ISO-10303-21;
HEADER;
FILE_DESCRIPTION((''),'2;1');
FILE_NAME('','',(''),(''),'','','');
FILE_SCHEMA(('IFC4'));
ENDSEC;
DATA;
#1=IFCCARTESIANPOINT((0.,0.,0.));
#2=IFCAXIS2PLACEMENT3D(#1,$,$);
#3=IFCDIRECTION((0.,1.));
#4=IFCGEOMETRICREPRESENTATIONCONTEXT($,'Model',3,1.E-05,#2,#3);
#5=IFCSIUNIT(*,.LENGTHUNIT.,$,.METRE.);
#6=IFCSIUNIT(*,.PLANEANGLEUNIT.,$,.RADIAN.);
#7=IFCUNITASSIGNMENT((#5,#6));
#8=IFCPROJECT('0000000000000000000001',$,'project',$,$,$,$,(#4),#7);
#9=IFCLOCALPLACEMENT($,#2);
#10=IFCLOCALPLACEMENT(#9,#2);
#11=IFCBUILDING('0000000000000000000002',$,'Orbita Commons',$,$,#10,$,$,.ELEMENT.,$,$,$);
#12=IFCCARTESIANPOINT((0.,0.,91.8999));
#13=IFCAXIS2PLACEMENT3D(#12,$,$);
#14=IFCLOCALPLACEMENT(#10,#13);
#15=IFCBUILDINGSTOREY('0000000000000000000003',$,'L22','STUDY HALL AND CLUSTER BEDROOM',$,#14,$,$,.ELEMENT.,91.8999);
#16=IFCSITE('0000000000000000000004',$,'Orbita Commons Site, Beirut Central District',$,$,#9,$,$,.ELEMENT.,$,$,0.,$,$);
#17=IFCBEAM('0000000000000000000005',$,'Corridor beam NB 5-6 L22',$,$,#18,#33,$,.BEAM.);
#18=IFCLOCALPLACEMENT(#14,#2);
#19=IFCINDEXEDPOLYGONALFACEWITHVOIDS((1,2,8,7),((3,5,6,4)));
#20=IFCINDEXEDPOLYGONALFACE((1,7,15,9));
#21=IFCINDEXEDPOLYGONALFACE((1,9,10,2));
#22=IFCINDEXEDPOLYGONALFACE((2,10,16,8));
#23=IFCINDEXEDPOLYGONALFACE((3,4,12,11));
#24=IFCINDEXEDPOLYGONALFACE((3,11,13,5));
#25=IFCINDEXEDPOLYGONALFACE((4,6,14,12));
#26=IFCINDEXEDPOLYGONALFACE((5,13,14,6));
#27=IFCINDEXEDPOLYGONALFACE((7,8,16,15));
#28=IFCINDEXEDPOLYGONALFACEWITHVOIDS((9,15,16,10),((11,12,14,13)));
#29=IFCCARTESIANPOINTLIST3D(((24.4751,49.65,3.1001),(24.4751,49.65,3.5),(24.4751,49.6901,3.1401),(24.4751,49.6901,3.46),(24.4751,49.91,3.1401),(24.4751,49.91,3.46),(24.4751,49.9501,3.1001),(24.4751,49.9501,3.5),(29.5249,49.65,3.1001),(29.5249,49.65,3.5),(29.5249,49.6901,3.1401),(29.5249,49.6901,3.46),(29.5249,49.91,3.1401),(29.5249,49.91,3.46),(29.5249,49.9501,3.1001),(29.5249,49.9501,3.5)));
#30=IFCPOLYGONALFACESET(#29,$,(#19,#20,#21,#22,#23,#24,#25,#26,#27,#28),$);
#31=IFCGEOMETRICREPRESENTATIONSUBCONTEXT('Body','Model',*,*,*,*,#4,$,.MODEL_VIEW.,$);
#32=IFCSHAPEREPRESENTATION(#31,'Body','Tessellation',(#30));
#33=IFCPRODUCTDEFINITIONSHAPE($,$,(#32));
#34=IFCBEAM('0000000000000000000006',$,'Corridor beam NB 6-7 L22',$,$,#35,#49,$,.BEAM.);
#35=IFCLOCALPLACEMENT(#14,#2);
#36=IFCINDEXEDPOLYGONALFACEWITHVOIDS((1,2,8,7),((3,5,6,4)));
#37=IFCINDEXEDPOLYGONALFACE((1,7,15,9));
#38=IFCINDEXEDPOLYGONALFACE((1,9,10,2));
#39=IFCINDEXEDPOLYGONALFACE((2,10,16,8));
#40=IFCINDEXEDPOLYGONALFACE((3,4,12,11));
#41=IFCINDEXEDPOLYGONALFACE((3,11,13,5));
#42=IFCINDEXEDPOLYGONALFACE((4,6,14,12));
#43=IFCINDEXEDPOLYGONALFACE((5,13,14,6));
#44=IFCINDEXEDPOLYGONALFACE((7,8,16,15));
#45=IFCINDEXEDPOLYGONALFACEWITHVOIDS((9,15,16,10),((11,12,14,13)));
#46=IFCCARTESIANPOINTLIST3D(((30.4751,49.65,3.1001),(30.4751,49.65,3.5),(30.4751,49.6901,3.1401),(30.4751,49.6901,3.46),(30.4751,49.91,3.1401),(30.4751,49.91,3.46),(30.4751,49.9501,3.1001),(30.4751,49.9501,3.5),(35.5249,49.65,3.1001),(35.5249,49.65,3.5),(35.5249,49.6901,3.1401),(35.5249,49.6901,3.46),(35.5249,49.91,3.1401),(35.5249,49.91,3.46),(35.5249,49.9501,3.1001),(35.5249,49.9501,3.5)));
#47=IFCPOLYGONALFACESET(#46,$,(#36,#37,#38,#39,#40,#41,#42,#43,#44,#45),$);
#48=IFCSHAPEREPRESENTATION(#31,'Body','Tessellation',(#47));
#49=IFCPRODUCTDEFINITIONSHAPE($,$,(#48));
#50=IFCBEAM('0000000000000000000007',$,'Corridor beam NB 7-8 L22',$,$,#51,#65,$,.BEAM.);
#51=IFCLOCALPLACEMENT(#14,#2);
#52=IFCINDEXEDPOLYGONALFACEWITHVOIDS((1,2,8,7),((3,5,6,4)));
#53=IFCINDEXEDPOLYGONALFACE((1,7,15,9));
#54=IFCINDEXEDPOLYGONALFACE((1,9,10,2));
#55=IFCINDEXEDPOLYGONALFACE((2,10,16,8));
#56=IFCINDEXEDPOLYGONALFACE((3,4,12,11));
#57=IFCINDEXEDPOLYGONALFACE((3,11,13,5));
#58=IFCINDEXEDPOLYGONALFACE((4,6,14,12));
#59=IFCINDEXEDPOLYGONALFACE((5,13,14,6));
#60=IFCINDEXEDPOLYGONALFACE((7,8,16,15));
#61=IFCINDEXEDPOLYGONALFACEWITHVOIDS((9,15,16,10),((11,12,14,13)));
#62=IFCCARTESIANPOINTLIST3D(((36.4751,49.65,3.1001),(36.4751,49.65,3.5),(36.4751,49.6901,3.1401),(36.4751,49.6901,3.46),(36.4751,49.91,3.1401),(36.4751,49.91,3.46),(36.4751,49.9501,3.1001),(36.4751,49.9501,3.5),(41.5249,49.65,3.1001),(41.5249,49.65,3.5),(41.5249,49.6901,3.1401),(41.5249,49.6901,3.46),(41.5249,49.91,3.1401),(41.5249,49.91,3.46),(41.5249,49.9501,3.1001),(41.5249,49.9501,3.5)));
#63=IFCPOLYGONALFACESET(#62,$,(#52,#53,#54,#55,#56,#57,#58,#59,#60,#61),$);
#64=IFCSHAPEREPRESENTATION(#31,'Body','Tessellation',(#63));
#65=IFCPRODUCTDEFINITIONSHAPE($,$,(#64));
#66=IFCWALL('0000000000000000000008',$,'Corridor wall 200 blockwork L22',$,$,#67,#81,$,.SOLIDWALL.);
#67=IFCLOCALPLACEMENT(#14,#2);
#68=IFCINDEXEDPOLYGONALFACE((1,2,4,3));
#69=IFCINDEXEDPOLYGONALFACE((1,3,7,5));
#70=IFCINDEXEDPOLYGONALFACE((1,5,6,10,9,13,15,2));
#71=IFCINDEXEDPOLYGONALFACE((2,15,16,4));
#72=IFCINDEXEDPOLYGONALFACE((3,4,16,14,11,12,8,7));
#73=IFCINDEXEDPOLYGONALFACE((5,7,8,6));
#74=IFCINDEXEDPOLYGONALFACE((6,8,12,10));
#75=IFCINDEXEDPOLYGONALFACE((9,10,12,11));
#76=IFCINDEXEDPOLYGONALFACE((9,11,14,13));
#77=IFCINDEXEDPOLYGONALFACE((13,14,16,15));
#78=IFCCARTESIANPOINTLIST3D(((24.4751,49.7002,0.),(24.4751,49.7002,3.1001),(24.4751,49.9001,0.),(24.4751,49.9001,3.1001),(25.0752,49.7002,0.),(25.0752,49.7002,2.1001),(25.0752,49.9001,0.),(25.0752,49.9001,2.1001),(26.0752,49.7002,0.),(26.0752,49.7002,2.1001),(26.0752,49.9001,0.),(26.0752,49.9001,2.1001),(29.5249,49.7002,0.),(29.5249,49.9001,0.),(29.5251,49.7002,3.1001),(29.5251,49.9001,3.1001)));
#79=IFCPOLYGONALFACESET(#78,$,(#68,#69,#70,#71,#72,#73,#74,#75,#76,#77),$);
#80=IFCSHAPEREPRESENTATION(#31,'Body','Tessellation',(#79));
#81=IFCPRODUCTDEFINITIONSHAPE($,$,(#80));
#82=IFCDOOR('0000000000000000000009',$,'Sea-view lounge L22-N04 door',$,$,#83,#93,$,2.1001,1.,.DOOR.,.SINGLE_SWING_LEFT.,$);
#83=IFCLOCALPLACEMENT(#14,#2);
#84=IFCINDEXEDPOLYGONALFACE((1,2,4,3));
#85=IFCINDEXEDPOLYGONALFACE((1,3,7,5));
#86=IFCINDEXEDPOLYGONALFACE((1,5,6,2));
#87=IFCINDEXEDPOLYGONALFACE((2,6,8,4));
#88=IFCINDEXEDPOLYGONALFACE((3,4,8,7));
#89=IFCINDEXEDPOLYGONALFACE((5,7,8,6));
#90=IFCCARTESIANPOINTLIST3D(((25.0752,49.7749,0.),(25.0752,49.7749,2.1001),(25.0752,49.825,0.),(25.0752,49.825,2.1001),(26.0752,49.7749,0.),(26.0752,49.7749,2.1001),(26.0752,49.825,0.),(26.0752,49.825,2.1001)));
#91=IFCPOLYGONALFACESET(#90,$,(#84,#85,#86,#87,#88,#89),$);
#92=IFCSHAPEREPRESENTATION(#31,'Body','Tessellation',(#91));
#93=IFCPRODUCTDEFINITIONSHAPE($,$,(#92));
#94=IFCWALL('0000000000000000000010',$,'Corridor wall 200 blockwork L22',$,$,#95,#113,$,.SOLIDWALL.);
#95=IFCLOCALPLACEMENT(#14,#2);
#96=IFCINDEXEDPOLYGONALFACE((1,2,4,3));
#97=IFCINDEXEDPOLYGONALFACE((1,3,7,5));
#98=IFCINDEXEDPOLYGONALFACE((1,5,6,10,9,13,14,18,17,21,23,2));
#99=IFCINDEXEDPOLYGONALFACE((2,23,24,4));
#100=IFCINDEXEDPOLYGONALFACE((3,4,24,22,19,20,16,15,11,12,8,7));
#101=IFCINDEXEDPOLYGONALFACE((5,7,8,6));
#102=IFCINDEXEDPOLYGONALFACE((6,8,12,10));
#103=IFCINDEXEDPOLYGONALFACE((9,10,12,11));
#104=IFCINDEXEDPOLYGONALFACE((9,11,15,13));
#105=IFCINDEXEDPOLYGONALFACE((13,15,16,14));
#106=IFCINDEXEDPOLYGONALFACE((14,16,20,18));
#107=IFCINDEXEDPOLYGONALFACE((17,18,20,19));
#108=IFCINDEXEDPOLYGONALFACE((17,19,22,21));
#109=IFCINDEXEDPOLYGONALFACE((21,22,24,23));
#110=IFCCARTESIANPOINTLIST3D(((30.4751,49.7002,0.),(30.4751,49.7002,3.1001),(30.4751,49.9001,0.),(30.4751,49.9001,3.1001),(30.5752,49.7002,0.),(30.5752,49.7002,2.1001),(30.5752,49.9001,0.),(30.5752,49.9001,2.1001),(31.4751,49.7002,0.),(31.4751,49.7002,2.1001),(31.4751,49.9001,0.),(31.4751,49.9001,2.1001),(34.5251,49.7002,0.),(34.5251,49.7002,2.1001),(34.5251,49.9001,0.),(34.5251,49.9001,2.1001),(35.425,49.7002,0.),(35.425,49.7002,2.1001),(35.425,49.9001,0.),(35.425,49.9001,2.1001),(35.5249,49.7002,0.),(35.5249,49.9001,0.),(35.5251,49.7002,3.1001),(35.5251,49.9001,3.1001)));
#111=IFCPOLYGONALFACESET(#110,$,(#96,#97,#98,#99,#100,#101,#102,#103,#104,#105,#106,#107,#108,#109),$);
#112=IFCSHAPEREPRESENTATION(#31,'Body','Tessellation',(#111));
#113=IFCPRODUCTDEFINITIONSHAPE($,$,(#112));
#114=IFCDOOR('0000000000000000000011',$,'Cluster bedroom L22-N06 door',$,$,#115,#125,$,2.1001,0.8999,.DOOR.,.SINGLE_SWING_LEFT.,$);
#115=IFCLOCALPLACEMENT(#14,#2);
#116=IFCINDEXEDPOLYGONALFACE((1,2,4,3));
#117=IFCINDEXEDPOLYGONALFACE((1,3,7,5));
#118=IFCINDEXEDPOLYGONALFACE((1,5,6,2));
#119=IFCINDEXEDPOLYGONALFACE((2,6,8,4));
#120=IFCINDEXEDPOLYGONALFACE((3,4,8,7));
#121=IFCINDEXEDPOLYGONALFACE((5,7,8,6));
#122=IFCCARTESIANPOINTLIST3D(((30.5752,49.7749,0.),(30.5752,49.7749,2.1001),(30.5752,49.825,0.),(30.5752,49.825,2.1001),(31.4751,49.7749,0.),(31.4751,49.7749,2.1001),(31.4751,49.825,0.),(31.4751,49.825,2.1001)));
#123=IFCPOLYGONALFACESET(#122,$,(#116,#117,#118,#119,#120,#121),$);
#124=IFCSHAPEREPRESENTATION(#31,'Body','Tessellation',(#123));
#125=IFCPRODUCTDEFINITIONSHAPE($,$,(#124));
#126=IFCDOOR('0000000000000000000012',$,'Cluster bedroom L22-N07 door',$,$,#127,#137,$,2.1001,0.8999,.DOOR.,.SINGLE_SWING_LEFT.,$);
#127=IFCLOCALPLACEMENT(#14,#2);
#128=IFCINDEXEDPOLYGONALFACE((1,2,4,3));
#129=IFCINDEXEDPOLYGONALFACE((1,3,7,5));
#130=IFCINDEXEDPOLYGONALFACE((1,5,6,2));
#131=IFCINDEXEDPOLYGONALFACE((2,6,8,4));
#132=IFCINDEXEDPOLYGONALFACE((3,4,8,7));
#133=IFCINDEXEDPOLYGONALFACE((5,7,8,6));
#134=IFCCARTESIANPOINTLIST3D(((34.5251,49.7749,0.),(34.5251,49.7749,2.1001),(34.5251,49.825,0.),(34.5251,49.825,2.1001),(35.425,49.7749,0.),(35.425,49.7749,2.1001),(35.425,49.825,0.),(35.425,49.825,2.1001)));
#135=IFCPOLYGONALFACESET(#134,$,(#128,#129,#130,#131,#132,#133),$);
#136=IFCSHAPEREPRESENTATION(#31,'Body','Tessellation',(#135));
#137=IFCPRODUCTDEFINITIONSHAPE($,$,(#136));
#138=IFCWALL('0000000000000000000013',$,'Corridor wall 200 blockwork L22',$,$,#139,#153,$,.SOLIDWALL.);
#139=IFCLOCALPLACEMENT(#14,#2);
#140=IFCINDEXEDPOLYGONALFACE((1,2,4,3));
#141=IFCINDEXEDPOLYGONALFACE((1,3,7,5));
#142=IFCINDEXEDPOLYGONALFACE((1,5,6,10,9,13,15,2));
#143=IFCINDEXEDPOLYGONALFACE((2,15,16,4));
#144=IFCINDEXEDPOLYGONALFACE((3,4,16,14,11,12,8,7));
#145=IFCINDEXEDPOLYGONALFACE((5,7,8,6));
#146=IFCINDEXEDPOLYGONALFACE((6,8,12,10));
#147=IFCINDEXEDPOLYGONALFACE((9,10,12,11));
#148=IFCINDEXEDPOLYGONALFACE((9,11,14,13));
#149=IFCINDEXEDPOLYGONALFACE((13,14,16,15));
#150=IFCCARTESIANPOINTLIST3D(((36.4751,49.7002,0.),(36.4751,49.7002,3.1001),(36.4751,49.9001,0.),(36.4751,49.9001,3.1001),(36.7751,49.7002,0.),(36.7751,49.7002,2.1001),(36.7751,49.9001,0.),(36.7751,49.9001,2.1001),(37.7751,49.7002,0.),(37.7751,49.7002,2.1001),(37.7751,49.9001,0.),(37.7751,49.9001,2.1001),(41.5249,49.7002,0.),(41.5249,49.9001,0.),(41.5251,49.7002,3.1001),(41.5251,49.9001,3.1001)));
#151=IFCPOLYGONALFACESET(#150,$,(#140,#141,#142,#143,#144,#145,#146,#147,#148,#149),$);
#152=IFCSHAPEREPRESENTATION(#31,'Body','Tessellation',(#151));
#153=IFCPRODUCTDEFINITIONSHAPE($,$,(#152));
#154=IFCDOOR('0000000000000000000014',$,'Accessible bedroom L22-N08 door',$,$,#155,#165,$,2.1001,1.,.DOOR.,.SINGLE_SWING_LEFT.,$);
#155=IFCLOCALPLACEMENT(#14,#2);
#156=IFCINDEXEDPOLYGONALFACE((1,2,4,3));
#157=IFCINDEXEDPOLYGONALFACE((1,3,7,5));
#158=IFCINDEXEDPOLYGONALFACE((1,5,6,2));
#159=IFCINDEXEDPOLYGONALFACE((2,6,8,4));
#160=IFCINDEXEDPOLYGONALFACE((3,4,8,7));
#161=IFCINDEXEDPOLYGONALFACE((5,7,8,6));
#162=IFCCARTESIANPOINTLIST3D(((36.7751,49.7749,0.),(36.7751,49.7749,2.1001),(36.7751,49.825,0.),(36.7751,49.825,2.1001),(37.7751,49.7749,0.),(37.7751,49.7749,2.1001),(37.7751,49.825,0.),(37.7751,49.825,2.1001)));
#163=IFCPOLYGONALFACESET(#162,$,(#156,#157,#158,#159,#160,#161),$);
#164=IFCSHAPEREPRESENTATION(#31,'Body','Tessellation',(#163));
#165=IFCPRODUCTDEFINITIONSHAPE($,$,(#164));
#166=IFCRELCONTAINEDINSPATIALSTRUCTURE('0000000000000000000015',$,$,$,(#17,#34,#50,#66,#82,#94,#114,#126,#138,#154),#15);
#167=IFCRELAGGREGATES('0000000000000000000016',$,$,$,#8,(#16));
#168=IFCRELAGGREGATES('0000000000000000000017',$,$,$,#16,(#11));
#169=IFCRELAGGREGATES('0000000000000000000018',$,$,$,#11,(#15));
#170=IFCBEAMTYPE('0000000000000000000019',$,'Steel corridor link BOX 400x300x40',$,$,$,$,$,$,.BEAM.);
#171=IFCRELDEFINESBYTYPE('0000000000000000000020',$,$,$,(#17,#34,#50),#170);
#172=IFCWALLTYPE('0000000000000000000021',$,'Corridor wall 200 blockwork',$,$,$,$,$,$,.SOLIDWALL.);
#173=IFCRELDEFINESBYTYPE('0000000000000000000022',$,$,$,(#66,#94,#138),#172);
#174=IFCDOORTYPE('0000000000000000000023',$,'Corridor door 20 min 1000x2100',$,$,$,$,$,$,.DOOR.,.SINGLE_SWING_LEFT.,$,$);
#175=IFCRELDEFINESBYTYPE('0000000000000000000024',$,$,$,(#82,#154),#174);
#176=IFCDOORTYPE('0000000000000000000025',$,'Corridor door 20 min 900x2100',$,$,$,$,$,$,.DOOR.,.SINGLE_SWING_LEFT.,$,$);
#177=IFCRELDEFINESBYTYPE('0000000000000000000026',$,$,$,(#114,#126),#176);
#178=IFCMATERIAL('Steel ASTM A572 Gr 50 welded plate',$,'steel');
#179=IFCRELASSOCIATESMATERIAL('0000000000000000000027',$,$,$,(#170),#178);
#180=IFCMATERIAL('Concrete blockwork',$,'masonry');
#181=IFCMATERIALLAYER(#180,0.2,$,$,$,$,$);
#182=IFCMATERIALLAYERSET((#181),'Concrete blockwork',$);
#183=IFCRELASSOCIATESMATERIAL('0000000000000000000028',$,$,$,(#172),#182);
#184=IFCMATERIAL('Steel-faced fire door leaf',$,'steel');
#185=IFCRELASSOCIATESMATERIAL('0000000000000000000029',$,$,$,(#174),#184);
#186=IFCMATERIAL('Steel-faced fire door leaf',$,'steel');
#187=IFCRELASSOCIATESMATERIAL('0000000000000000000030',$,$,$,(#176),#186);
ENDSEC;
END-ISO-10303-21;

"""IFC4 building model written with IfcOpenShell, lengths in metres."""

from ifc_helpers import new_model, si_unit, direction, frame, frame_2d, origin, origin_2d, place, context, subcontext, project, spatial, polyline, rectangle, hollow_rectangle, outline, extrude, material, layer, layer_set, material_profile, profile_set, type_object, element, fill, save


model = new_model("IFC4")

# Units and contexts
model_context = context("Model", 3, precision=1e-05, world=origin(), true_north=direction((0.0, 1.0)))
body_context = subcontext(model_context, "Body", "Model", "MODEL_VIEW")
ifc_project = project(units=[si_unit("LENGTHUNIT", "METRE"), si_unit("PLANEANGLEUNIT", "RADIAN")], contexts=[model_context])

# Site, building, storey
site_placement = place(None, origin())
site = spatial("IfcSite", under=ifc_project, at=site_placement, Name="Orbita Commons Site, Beirut Central District", CompositionType="ELEMENT", RefElevation=0.0)
building_placement = place(site_placement, origin())
building = spatial("IfcBuilding", under=site, at=building_placement, Name="Orbita Commons", CompositionType="ELEMENT")
storey_placement = place(building_placement, frame((0.0, 0.0, 91.8999)))
storey = spatial("IfcBuildingStorey", under=building, at=storey_placement, Name="L22", Description="STUDY HALL AND CLUSTER BEDROOM", CompositionType="ELEMENT", Elevation=91.8999)

# Beams
ifc_material_1 = material(Name="Steel ASTM A572 Gr 50 welded plate", Category="steel")
ifc_material_profile = material_profile(ifc_material_1, hollow_rectangle(XDim=0.3, YDim=0.3999, WallThickness=0.04, at=origin_2d()), Name="BOX 400x300x40")
ifc_profile_set = profile_set([ifc_material_profile], Name="Steel ASTM A572 Gr 50 welded plate")
beam_type = type_object("IfcBeamType", Name="Steel corridor link BOX 400x300x40", PredefinedType="BEAM", material=ifc_profile_set)
for number, where, z_axis, x_axis, name in (
    (1, (24.4751, 49.8, 3.3), (1.0, 0.0, 0.0), (0.0, 1.0, 0.0), "Corridor beam NB 5-6 L22"),
    (2, (30.4751, 49.8, 3.3), (1.0, 0.0, 0.0), (0.0, 1.0, 0.0), "Corridor beam NB 6-7 L22"),
    (3, (36.4751, 49.8, 3.3), (1.0, 0.0, 0.0), (0.0, 1.0, 0.0), "Corridor beam NB 7-8 L22"),
):
    element("IfcBeam", number, at=place(storey_placement, frame(where, z_axis=z_axis, x_axis=x_axis)), inside=storey, type_object=beam_type, Name=name, PredefinedType="BEAM", context=body_context, shape_type="SweptSolid", body=[
        extrude(hollow_rectangle(XDim=0.3, YDim=0.3999, WallThickness=0.04, at=origin_2d()), origin(), (0.0, 0.0, 1.0), 5.0498),
    ])

# Wall, opening, door
ifc_material_2 = material(Name="Concrete blockwork", Category="masonry")
ifc_layer_1 = layer(ifc_material_2, 0.2)
ifc_layer_set_1 = layer_set([ifc_layer_1], Name="Concrete blockwork")
wall_type_1 = type_object("IfcWallType", Name="Corridor wall 200 blockwork", PredefinedType="SOLIDWALL", material=ifc_layer_set_1)
wall_1_placement = place(storey_placement, frame((24.4751, 49.8, 0.0), z_axis=(0.0, 0.0, 1.0), x_axis=(1.0, 0.0, 0.0)))
wall_1 = element("IfcWall", 4, at=wall_1_placement, inside=storey, type_object=wall_type_1, Name="Corridor wall 200 blockwork L22", PredefinedType="SOLIDWALL", context=body_context, shape_type="SweptSolid", body=[
    extrude(outline(polyline([(0.0, 0.0), (5.0498, 0.0), (5.05, 3.1001), (0.0, 3.1001), (0.0, 0.0)])), frame((0.0, 0.1001, 0.0), z_axis=(0.0, -1.0, 0.0), x_axis=(1.0, 0.0, 0.0)), (0.0, 0.0, 1.0), 0.2),
])
opening_1_placement = place(wall_1_placement, frame((0.6001, 0.0, 0.0)))
opening_1 = element("IfcOpeningElement", 5, at=opening_1_placement, cuts=wall_1, PredefinedType="OPENING", context=body_context, shape_type="SweptSolid", body=[
    extrude(rectangle(XDim=1.0, YDim=2.1001, at=frame_2d((0.5, 1.05))), frame((0.0, 0.1099, 0.0), z_axis=(0.0, -1.0, 0.0), x_axis=(1.0, 0.0, 0.0)), (0.0, 0.0, 1.0), 0.22),
])
ifc_material_3 = material(Name="Steel-faced fire door leaf", Category="steel")
door_type_1 = type_object("IfcDoorType", Name="Corridor door 20 min 1000x2100", OperationType="SINGLE_SWING_LEFT", PredefinedType="DOOR", material=ifc_material_3)
door_1_placement = place(opening_1_placement, origin())
door_1 = element("IfcDoor", 6, at=door_1_placement, inside=storey, type_object=door_type_1, Name="Sea-view lounge L22-N04 door", OperationType="SINGLE_SWING_LEFT", OverallHeight=2.1001, OverallWidth=1.0, PredefinedType="DOOR", context=body_context, shape_type="SweptSolid", body=[
    extrude(rectangle(XDim=1.0, YDim=2.1001, at=frame_2d((0.5, 1.05))), frame((0.0, 0.0249, 0.0), z_axis=(0.0, -1.0, 0.0), x_axis=(1.0, 0.0, 0.0)), (0.0, 0.0, 1.0), 0.05),
])
fill(opening_1, door_1)

# Wall, openings, doors
wall_2_placement = place(storey_placement, frame((30.4751, 49.8, 0.0), z_axis=(0.0, 0.0, 1.0), x_axis=(1.0, 0.0, 0.0)))
wall_2 = element("IfcWall", 7, at=wall_2_placement, inside=storey, type_object=wall_type_1, Name="Corridor wall 200 blockwork L22", PredefinedType="SOLIDWALL", context=body_context, shape_type="SweptSolid", body=[
    extrude(outline(polyline([(0.0, 0.0), (5.0498, 0.0), (5.05, 3.1001), (0.0, 3.1001), (0.0, 0.0)])), frame((0.0, 0.1001, 0.0), z_axis=(0.0, -1.0, 0.0), x_axis=(1.0, 0.0, 0.0)), (0.0, 0.0, 1.0), 0.2),
])
opening_2_placement = place(wall_2_placement, frame((0.1001, 0.0, 0.0)))
opening_2 = element("IfcOpeningElement", 8, at=opening_2_placement, cuts=wall_2, PredefinedType="OPENING", context=body_context, shape_type="SweptSolid", body=[
    extrude(rectangle(XDim=0.8999, YDim=2.1001, at=frame_2d((0.45, 1.05))), frame((0.0, 0.1099, 0.0), z_axis=(0.0, -1.0, 0.0), x_axis=(1.0, 0.0, 0.0)), (0.0, 0.0, 1.0), 0.22),
])
opening_3_placement = place(wall_2_placement, frame((4.05, 0.0, 0.0)))
opening_3 = element("IfcOpeningElement", 9, at=opening_3_placement, cuts=wall_2, PredefinedType="OPENING", context=body_context, shape_type="SweptSolid", body=[
    extrude(rectangle(XDim=0.8999, YDim=2.1001, at=frame_2d((0.45, 1.05))), frame((0.0, 0.1099, 0.0), z_axis=(0.0, -1.0, 0.0), x_axis=(1.0, 0.0, 0.0)), (0.0, 0.0, 1.0), 0.22),
])
ifc_material_4 = material(Name="Steel-faced fire door leaf", Category="steel")
door_type_2 = type_object("IfcDoorType", Name="Corridor door 20 min 900x2100", OperationType="SINGLE_SWING_LEFT", PredefinedType="DOOR", material=ifc_material_4)
door_2_placement = place(opening_2_placement, origin())
door_2 = element("IfcDoor", 10, at=door_2_placement, inside=storey, type_object=door_type_2, Name="Cluster bedroom L22-N06 door", OperationType="SINGLE_SWING_LEFT", OverallHeight=2.1001, OverallWidth=0.8999, PredefinedType="DOOR", context=body_context, shape_type="SweptSolid", body=[
    extrude(rectangle(XDim=0.8999, YDim=2.1001, at=frame_2d((0.45, 1.05))), frame((0.0, 0.0249, 0.0), z_axis=(0.0, -1.0, 0.0), x_axis=(1.0, 0.0, 0.0)), (0.0, 0.0, 1.0), 0.05),
])
fill(opening_2, door_2)
door_3_placement = place(opening_3_placement, origin())
door_3 = element("IfcDoor", 11, at=door_3_placement, inside=storey, type_object=door_type_2, Name="Cluster bedroom L22-N07 door", OperationType="SINGLE_SWING_LEFT", OverallHeight=2.1001, OverallWidth=0.8999, PredefinedType="DOOR", context=body_context, shape_type="SweptSolid", body=[
    extrude(rectangle(XDim=0.8999, YDim=2.1001, at=frame_2d((0.45, 1.05))), frame((0.0, 0.0249, 0.0), z_axis=(0.0, -1.0, 0.0), x_axis=(1.0, 0.0, 0.0)), (0.0, 0.0, 1.0), 0.05),
])
fill(opening_3, door_3)

# Wall, opening, door
wall_3_placement = place(storey_placement, frame((36.4751, 49.8, 0.0), z_axis=(0.0, 0.0, 1.0), x_axis=(1.0, 0.0, 0.0)))
wall_3 = element("IfcWall", 12, at=wall_3_placement, inside=storey, type_object=wall_type_1, Name="Corridor wall 200 blockwork L22", PredefinedType="SOLIDWALL", context=body_context, shape_type="SweptSolid", body=[
    extrude(outline(polyline([(0.0, 0.0), (5.0498, 0.0), (5.05, 3.1001), (0.0, 3.1001), (0.0, 0.0)])), frame((0.0, 0.1001, 0.0), z_axis=(0.0, -1.0, 0.0), x_axis=(1.0, 0.0, 0.0)), (0.0, 0.0, 1.0), 0.2),
])
opening_4_placement = place(wall_3_placement, frame((0.3, 0.0, 0.0)))
opening_4 = element("IfcOpeningElement", 13, at=opening_4_placement, cuts=wall_3, PredefinedType="OPENING", context=body_context, shape_type="SweptSolid", body=[
    extrude(rectangle(XDim=1.0, YDim=2.1001, at=frame_2d((0.5, 1.05))), frame((0.0, 0.1099, 0.0), z_axis=(0.0, -1.0, 0.0), x_axis=(1.0, 0.0, 0.0)), (0.0, 0.0, 1.0), 0.22),
])
door_4_placement = place(opening_4_placement, origin())
door_4 = element("IfcDoor", 14, at=door_4_placement, inside=storey, type_object=door_type_1, Name="Accessible bedroom L22-N08 door", OperationType="SINGLE_SWING_LEFT", OverallHeight=2.1001, OverallWidth=1.0, PredefinedType="DOOR", context=body_context, shape_type="SweptSolid", body=[
    extrude(rectangle(XDim=1.0, YDim=2.1001, at=frame_2d((0.5, 1.05))), frame((0.0, 0.0249, 0.0), z_axis=(0.0, -1.0, 0.0), x_axis=(1.0, 0.0, 0.0)), (0.0, 0.0, 1.0), 0.05),
])
fill(opening_4, door_4)

save(model, "model.ifc")
